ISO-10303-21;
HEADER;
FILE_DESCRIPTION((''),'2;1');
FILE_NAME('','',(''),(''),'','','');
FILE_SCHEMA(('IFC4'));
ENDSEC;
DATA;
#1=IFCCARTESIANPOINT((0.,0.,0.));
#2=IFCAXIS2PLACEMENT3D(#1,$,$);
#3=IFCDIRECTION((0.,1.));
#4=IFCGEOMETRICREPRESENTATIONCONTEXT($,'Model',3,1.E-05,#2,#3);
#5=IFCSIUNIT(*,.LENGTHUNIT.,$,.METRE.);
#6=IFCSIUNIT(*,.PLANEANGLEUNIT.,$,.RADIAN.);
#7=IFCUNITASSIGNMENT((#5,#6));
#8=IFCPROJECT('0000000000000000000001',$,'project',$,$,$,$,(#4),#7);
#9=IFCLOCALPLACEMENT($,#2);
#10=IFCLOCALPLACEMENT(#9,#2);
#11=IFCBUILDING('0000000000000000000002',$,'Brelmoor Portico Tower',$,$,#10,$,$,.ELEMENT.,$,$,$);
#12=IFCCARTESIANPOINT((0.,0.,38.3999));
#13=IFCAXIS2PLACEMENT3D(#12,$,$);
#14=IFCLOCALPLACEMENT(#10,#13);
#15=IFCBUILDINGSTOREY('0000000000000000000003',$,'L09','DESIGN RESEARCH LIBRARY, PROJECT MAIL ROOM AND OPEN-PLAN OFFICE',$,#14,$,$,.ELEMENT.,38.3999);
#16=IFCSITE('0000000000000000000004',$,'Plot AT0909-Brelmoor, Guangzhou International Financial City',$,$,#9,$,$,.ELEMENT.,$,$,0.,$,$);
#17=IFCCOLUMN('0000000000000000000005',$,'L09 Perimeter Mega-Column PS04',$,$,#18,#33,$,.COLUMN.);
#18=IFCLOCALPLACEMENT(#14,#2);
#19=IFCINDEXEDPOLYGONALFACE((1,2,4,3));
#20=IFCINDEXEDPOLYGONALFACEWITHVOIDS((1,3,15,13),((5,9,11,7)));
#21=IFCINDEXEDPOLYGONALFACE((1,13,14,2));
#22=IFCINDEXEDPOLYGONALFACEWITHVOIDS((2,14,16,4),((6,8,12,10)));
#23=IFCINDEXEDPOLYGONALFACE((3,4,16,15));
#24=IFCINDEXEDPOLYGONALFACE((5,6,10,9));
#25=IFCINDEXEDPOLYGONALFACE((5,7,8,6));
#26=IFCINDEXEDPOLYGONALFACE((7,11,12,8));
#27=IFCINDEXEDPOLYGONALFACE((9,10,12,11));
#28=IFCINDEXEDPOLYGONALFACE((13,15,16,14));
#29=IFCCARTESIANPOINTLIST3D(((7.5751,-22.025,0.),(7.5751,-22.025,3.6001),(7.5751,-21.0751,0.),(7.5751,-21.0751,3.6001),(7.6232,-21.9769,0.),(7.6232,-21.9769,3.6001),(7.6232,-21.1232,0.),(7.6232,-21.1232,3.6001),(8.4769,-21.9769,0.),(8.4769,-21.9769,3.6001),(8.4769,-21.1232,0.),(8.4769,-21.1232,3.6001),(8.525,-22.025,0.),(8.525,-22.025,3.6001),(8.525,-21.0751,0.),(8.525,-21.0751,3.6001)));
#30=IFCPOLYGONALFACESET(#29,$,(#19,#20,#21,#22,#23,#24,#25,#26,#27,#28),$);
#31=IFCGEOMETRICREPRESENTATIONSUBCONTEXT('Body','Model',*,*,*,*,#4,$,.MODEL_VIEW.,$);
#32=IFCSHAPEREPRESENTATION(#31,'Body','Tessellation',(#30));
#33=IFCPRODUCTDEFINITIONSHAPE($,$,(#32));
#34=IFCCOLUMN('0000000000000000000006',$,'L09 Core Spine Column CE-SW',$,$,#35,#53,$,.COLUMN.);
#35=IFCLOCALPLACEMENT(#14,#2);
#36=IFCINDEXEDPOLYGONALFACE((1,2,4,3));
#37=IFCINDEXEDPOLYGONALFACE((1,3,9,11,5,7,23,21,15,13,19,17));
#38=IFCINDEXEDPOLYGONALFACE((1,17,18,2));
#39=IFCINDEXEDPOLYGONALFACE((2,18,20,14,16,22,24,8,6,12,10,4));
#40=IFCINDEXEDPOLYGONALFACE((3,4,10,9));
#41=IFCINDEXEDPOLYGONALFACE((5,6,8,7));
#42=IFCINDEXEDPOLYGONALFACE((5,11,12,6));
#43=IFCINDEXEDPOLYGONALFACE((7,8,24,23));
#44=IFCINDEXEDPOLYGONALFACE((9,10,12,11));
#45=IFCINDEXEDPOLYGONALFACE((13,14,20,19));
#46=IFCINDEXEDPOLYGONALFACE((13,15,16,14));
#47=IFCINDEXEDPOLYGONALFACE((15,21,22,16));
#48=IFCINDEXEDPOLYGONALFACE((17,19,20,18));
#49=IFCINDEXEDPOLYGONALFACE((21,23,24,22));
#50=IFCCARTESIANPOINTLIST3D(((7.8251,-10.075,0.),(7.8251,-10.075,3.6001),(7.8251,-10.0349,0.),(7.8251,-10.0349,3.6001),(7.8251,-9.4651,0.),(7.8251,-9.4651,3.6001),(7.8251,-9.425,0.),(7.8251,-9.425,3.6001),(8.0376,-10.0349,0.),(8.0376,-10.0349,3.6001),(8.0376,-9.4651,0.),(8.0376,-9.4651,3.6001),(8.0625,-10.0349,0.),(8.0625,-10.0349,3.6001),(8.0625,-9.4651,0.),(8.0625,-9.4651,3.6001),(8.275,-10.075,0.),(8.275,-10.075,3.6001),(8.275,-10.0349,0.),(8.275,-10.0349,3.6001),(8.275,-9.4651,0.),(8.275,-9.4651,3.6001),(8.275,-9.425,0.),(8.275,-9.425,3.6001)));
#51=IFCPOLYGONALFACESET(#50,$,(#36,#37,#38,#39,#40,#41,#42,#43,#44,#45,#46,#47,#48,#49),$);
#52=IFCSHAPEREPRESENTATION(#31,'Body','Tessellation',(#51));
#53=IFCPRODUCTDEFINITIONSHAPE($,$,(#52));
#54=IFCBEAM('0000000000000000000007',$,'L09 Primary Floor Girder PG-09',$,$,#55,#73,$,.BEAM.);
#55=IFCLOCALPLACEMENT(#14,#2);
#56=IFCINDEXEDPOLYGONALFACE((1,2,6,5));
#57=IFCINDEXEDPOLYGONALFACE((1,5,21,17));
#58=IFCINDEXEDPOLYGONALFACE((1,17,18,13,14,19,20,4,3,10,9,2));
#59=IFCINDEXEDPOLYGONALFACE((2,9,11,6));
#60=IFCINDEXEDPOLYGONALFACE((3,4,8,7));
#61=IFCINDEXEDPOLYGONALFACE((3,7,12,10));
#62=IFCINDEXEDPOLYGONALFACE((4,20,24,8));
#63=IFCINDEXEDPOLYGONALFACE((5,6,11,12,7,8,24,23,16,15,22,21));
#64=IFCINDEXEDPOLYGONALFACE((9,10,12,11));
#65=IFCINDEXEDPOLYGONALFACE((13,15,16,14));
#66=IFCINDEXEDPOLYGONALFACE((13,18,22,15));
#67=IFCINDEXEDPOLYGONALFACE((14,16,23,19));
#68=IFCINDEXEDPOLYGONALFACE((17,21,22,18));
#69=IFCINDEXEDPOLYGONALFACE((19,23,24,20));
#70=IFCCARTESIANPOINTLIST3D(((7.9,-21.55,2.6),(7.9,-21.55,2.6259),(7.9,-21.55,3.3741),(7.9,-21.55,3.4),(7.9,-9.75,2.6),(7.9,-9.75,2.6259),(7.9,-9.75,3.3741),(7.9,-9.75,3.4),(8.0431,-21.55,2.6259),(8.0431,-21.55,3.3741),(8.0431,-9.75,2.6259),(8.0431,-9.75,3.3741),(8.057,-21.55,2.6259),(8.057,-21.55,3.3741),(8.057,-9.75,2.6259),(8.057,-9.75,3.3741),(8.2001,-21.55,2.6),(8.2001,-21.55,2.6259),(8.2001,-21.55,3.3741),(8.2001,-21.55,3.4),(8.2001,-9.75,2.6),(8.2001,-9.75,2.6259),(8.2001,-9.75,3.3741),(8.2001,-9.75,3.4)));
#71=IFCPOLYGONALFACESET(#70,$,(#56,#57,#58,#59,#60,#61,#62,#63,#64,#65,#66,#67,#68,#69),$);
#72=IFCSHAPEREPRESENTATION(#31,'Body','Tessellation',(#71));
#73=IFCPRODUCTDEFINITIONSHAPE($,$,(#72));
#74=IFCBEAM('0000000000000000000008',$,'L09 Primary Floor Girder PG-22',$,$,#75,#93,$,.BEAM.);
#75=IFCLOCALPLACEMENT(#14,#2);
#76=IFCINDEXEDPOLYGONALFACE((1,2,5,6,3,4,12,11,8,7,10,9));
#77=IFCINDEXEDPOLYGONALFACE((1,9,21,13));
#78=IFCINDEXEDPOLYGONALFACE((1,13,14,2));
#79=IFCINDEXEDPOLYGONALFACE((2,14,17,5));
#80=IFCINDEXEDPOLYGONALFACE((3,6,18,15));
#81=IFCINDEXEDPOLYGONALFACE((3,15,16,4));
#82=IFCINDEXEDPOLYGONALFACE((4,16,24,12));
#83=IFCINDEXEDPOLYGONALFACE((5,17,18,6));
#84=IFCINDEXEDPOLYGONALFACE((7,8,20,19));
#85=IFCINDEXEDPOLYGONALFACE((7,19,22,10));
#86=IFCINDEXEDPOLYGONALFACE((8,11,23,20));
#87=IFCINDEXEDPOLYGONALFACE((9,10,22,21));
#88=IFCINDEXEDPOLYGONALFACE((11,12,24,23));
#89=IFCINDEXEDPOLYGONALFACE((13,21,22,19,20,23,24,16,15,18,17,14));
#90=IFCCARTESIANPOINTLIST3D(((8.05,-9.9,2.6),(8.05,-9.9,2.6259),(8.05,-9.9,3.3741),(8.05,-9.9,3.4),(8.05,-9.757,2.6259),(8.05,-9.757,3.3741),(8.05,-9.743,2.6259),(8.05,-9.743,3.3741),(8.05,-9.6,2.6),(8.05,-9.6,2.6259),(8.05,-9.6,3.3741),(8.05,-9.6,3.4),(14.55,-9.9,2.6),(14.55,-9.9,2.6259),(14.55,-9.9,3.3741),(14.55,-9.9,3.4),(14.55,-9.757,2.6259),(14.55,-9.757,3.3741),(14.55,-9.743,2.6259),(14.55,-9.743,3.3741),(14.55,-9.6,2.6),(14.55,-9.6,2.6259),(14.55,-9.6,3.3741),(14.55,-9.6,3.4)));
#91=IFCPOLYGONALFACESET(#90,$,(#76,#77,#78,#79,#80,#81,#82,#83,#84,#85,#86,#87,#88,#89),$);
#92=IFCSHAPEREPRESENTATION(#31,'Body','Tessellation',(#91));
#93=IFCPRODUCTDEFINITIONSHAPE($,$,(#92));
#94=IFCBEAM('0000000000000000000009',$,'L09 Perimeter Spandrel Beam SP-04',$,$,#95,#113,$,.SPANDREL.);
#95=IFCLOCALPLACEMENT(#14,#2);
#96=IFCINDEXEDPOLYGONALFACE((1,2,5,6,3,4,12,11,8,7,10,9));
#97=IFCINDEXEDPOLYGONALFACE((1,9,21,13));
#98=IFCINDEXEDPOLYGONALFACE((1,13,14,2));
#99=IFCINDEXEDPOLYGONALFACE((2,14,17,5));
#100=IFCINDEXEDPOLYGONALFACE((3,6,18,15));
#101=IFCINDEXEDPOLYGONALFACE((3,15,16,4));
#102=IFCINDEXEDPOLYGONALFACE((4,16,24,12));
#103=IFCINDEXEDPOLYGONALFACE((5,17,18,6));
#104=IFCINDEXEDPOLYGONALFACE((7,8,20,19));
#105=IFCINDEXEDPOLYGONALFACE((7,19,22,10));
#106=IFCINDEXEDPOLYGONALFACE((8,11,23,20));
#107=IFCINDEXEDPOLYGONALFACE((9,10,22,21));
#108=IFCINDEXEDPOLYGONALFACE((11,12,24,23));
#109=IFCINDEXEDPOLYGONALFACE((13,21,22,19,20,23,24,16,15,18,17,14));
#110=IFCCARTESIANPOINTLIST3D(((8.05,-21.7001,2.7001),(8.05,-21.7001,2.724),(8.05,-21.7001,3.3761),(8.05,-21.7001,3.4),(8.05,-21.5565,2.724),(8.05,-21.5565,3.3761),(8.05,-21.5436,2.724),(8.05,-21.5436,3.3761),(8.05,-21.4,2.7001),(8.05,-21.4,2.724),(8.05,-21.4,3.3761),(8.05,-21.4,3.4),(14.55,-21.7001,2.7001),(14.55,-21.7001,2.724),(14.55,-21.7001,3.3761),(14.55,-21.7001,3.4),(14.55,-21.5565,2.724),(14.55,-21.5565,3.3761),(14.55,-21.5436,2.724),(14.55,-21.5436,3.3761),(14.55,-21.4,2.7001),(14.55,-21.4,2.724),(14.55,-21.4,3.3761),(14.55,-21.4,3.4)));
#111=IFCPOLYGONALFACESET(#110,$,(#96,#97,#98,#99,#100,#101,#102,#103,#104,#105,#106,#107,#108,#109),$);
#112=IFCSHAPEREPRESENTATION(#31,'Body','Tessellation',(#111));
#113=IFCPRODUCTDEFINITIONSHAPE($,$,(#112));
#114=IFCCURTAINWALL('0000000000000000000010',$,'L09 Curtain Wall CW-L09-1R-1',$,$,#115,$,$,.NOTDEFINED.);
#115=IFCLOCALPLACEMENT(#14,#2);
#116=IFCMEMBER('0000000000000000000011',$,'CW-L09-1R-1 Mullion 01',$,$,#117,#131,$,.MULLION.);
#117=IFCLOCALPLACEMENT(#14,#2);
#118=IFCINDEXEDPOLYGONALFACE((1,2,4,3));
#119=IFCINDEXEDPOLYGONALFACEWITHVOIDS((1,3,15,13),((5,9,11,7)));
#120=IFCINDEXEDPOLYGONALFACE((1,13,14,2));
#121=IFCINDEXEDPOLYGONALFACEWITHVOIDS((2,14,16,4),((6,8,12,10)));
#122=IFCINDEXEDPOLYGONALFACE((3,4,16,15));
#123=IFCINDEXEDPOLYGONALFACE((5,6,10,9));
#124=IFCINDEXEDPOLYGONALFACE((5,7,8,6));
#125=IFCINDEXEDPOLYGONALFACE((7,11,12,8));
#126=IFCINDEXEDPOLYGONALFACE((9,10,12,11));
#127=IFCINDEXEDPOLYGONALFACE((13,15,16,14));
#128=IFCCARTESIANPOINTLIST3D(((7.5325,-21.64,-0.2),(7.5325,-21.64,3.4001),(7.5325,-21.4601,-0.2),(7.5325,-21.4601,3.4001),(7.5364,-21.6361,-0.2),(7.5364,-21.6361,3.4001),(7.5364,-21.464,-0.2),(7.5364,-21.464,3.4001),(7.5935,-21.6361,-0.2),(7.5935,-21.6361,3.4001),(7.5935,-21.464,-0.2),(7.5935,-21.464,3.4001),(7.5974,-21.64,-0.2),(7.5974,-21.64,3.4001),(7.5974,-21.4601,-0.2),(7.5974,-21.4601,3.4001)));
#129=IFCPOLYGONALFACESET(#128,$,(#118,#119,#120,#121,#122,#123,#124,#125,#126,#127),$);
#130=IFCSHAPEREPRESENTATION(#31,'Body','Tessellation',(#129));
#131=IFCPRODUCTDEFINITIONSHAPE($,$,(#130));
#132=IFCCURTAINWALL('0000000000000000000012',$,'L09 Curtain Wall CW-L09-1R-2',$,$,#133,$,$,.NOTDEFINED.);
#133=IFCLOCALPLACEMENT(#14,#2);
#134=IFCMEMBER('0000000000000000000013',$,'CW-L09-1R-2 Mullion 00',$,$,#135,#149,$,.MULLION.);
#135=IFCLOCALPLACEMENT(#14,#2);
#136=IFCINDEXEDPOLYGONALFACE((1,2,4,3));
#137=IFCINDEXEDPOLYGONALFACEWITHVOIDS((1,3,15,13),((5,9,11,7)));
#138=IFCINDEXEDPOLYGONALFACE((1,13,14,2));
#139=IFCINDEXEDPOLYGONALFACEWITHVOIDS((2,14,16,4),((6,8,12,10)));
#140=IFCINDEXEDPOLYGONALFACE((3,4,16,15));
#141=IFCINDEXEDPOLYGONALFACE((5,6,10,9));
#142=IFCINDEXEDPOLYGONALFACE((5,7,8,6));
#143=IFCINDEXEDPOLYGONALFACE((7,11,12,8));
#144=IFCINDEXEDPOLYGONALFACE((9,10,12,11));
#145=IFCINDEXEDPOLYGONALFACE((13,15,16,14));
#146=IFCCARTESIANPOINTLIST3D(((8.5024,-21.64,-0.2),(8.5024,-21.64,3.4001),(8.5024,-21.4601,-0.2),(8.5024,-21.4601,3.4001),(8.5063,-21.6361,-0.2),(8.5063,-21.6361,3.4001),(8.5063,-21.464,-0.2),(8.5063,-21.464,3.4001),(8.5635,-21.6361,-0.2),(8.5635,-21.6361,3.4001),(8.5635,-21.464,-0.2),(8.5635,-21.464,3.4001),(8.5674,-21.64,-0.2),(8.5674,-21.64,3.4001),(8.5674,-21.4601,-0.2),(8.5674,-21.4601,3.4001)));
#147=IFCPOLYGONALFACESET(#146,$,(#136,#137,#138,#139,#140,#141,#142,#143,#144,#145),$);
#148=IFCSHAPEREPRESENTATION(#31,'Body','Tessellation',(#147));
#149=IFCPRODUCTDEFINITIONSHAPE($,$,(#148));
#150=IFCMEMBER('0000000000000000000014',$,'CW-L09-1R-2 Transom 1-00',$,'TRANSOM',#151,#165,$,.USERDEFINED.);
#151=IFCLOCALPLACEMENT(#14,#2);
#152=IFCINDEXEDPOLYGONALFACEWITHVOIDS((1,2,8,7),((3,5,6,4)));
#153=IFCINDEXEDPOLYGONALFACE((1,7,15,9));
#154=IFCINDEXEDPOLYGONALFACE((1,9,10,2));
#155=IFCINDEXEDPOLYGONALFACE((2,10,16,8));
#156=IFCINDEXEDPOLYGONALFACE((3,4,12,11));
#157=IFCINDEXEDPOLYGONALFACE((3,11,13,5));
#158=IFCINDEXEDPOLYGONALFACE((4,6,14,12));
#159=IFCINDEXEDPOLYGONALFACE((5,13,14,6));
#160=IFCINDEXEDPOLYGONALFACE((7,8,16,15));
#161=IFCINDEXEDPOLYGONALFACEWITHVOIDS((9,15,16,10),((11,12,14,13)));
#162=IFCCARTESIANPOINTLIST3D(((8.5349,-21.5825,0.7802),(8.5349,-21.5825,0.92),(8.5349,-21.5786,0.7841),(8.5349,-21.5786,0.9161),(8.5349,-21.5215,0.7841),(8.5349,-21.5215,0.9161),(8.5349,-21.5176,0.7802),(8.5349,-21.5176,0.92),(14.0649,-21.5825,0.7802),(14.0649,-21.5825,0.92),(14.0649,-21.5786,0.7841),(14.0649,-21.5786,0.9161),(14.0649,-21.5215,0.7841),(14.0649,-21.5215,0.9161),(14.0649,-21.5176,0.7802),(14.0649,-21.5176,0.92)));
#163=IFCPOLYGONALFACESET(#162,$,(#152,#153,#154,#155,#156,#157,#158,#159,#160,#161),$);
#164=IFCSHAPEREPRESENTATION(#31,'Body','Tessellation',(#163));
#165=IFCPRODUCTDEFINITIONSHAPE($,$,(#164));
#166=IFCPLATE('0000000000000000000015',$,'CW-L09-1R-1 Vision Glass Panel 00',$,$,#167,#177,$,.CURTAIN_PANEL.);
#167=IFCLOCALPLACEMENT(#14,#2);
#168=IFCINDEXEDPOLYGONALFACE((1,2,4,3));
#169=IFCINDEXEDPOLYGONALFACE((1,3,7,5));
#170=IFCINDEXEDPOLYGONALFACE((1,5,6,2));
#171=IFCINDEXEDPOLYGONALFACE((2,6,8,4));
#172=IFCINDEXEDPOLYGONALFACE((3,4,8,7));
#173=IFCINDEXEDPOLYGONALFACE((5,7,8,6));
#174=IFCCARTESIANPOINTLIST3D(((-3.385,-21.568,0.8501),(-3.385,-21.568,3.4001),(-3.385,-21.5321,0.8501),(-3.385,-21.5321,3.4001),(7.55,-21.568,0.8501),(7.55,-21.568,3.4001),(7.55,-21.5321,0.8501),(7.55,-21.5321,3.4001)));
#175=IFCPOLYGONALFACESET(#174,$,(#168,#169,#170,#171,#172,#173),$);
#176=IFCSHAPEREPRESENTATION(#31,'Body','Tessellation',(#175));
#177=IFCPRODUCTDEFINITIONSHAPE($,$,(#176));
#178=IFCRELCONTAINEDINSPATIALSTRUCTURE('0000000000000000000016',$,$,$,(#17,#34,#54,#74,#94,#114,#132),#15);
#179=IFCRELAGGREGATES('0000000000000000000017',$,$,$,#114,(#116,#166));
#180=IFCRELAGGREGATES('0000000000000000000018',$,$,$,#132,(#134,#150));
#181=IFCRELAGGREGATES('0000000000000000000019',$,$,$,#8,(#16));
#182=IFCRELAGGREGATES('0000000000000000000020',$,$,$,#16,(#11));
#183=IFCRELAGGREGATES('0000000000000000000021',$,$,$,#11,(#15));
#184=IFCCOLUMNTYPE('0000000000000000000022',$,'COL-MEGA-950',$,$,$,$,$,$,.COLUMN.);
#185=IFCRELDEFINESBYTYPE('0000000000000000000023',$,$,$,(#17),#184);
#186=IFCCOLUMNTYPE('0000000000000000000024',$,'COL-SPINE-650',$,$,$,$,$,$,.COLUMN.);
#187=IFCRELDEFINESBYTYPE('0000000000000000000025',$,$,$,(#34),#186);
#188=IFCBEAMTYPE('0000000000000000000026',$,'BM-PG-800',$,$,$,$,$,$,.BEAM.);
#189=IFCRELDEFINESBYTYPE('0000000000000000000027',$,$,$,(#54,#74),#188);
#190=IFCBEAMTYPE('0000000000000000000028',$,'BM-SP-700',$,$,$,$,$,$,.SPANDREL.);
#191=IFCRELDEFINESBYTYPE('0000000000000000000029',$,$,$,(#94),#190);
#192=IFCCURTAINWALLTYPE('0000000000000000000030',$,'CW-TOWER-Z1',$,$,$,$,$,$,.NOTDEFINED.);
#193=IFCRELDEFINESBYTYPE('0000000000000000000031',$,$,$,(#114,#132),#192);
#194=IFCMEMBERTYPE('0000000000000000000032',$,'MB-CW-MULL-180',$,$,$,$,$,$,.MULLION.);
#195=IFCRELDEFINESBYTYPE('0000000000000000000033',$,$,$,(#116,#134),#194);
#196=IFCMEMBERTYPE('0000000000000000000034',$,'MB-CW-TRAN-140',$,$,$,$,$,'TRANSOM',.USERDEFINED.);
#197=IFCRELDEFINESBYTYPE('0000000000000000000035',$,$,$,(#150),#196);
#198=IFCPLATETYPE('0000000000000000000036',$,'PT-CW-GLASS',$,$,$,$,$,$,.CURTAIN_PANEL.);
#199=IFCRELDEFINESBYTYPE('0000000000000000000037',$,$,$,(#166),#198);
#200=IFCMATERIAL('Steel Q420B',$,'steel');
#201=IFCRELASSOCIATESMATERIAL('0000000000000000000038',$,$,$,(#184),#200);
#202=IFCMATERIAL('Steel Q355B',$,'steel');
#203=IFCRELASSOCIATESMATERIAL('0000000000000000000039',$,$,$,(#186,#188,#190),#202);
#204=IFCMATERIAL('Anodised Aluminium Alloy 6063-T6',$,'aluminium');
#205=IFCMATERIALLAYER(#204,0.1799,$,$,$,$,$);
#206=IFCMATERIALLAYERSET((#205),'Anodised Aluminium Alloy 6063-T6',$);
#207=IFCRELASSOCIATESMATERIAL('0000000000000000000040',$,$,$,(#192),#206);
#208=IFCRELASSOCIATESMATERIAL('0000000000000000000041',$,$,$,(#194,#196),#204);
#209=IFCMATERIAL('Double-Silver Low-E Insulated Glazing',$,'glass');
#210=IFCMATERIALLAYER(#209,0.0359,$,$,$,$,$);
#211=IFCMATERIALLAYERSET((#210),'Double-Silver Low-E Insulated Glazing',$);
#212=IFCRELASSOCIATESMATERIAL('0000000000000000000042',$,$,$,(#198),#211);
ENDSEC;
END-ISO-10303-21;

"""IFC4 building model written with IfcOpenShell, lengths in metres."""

from ifc_helpers import new_model, si_unit, direction, frame, origin, origin_2d, place, context, subcontext, project, spatial, rectangle, hollow_rectangle, i_section, extrude, material, layer, layer_set, material_profile, profile_set, type_object, element, aggregate, save


model = new_model("IFC4")

# Units and contexts
model_context = context("Model", 3, precision=1e-05, world=origin(), true_north=direction((0.0, 1.0)))
body_context = subcontext(model_context, "Body", "Model", "MODEL_VIEW")
ifc_project = project(units=[si_unit("LENGTHUNIT", "METRE"), si_unit("PLANEANGLEUNIT", "RADIAN")], contexts=[model_context])

# Site, building, storey
site_placement = place(None, origin())
site = spatial("IfcSite", under=ifc_project, at=site_placement, Name="Plot AT0909-Brelmoor, Guangzhou International Financial City", CompositionType="ELEMENT", RefElevation=0.0)
building_placement = place(site_placement, origin())
building = spatial("IfcBuilding", under=site, at=building_placement, Name="Brelmoor Portico Tower", CompositionType="ELEMENT")
storey_placement = place(building_placement, frame((0.0, 0.0, 38.3999)))
storey = spatial("IfcBuildingStorey", under=building, at=storey_placement, Name="L09", Description="DESIGN RESEARCH LIBRARY, PROJECT MAIL ROOM AND OPEN-PLAN OFFICE", CompositionType="ELEMENT", Elevation=38.3999)

# Columns
ifc_material_1 = material(Name="Steel Q420B", Category="steel")
ifc_material_profile_1 = material_profile(ifc_material_1, hollow_rectangle(XDim=0.95, YDim=0.95, WallThickness=0.0481, at=origin_2d()), Name="BOX 950x950x48")
ifc_profile_set_1 = profile_set([ifc_material_profile_1], Name="Steel Q420B")
column_type_1 = type_object("IfcColumnType", Name="COL-MEGA-950", PredefinedType="COLUMN", material=ifc_profile_set_1)
column_1_placement = place(storey_placement, frame((8.05, -21.55, 0.0), z_axis=(0.0, 0.0, 1.0), x_axis=(1.0, 0.0, 0.0)))
element("IfcColumn", 1, at=column_1_placement, inside=storey, type_object=column_type_1, Name="L09 Perimeter Mega-Column PS04", PredefinedType="COLUMN", context=body_context, shape_type="SweptSolid", body=[
    extrude(hollow_rectangle(XDim=0.95, YDim=0.95, WallThickness=0.0481, at=origin_2d()), origin(), (0.0, 0.0, 1.0), 3.6001),
])
ifc_material_2 = material(Name="Steel Q355B", Category="steel")
ifc_material_profile_2 = material_profile(ifc_material_2, i_section(OverallWidth=0.45, OverallDepth=0.6499, WebThickness=0.0249, FlangeThickness=0.04, at=origin_2d()), Name="HW 650x450x25x40")
ifc_profile_set_2 = profile_set([ifc_material_profile_2], Name="Steel Q355B")
column_type_2 = type_object("IfcColumnType", Name="COL-SPINE-650", PredefinedType="COLUMN", material=ifc_profile_set_2)
column_2_placement = place(storey_placement, frame((8.05, -9.75, 0.0), z_axis=(0.0, 0.0, 1.0), x_axis=(1.0, 0.0, 0.0)))
element("IfcColumn", 2, at=column_2_placement, inside=storey, type_object=column_type_2, Name="L09 Core Spine Column CE-SW", PredefinedType="COLUMN", context=body_context, shape_type="SweptSolid", body=[
    extrude(i_section(OverallWidth=0.45, OverallDepth=0.6499, WebThickness=0.0249, FlangeThickness=0.04, at=origin_2d()), origin(), (0.0, 0.0, 1.0), 3.6001),
])

# Beams
ifc_material_profile_3 = material_profile(ifc_material_2, i_section(OverallWidth=0.3, OverallDepth=0.8, WebThickness=0.0139, FlangeThickness=0.0259, at=origin_2d()), Name="HN 800x300x14x26")
ifc_profile_set_3 = profile_set([ifc_material_profile_3], Name="Steel Q355B")
beam_type_1 = type_object("IfcBeamType", Name="BM-PG-800", PredefinedType="BEAM", material=ifc_profile_set_3)
beam_1_placement = place(storey_placement, frame((8.05, -21.55, 3.0), z_axis=(0.0, 1.0, 0.0), x_axis=(-1.0, 0.0, 0.0)))
element("IfcBeam", 3, at=beam_1_placement, inside=storey, type_object=beam_type_1, Name="L09 Primary Floor Girder PG-09", PredefinedType="BEAM", context=body_context, shape_type="SweptSolid", body=[
    extrude(i_section(OverallWidth=0.3, OverallDepth=0.8, WebThickness=0.0139, FlangeThickness=0.0259, at=origin_2d()), origin(), (0.0, 0.0, 1.0), 11.8),
])
beam_2_placement = place(storey_placement, frame((8.05, -9.75, 3.0), z_axis=(1.0, 0.0, 0.0), x_axis=(0.0, 1.0, 0.0)))
element("IfcBeam", 4, at=beam_2_placement, inside=storey, type_object=beam_type_1, Name="L09 Primary Floor Girder PG-22", PredefinedType="BEAM", context=body_context, shape_type="SweptSolid", body=[
    extrude(i_section(OverallWidth=0.3, OverallDepth=0.8, WebThickness=0.0139, FlangeThickness=0.0259, at=origin_2d()), origin(), (0.0, 0.0, 1.0), 6.5),
])
ifc_material_profile_4 = material_profile(ifc_material_2, i_section(OverallWidth=0.3, OverallDepth=0.7, WebThickness=0.0129, FlangeThickness=0.0239, at=origin_2d()), Name="HN 700x300x13x24")
ifc_profile_set_4 = profile_set([ifc_material_profile_4], Name="Steel Q355B")
beam_type_2 = type_object("IfcBeamType", Name="BM-SP-700", PredefinedType="SPANDREL", material=ifc_profile_set_4)
beam_3_placement = place(storey_placement, frame((8.05, -21.55, 3.05), z_axis=(1.0, 0.0, 0.0), x_axis=(0.0, 1.0, 0.0)))
element("IfcBeam", 5, at=beam_3_placement, inside=storey, type_object=beam_type_2, Name="L09 Perimeter Spandrel Beam SP-04", PredefinedType="SPANDREL", context=body_context, shape_type="SweptSolid", body=[
    extrude(i_section(OverallWidth=0.3, OverallDepth=0.7, WebThickness=0.0129, FlangeThickness=0.0239, at=origin_2d()), origin(), (0.0, 0.0, 1.0), 6.5),
])

# Curtain wall, member
ifc_material_3 = material(Name="Anodised Aluminium Alloy 6063-T6", Category="aluminium")
ifc_layer_1 = layer(ifc_material_3, 0.1799)
ifc_layer_set_1 = layer_set([ifc_layer_1], Name="Anodised Aluminium Alloy 6063-T6")
curtain_wall_type = type_object("IfcCurtainWallType", Name="CW-TOWER-Z1", PredefinedType="NOTDEFINED", material=ifc_layer_set_1)
curtain_wall_1_placement = place(storey_placement, origin())
curtain_wall_1 = element("IfcCurtainWall", 6, at=curtain_wall_1_placement, inside=storey, type_object=curtain_wall_type, Name="L09 Curtain Wall CW-L09-1R-1", PredefinedType="NOTDEFINED")
ifc_material_profile_5 = material_profile(ifc_material_3, hollow_rectangle(XDim=0.0649, YDim=0.1799, WallThickness=0.0039, at=origin_2d()), Name="ALU MULLION 65x180")
ifc_profile_set_5 = profile_set([ifc_material_profile_5], Name="Anodised Aluminium Alloy 6063-T6")
member_type_1 = type_object("IfcMemberType", Name="MB-CW-MULL-180", PredefinedType="MULLION", material=ifc_profile_set_5)
member_1_placement = place(storey_placement, frame((7.5649, -21.55, -0.2), z_axis=(0.0, 0.0, 1.0), x_axis=(1.0, 0.0, 0.0)))
member_1 = element("IfcMember", 7, at=member_1_placement, type_object=member_type_1, Name="CW-L09-1R-1 Mullion 01", PredefinedType="MULLION", context=body_context, shape_type="SweptSolid", body=[
    extrude(hollow_rectangle(XDim=0.0649, YDim=0.1799, WallThickness=0.0039, at=origin_2d()), origin(), (0.0, 0.0, 1.0), 3.6001),
])

# Curtain wall, members
curtain_wall_2_placement = place(storey_placement, origin())
curtain_wall_2 = element("IfcCurtainWall", 8, at=curtain_wall_2_placement, inside=storey, type_object=curtain_wall_type, Name="L09 Curtain Wall CW-L09-1R-2", PredefinedType="NOTDEFINED")
member_2_placement = place(storey_placement, frame((8.5349, -21.55, -0.2), z_axis=(0.0, 0.0, 1.0), x_axis=(1.0, 0.0, 0.0)))
member_2 = element("IfcMember", 9, at=member_2_placement, type_object=member_type_1, Name="CW-L09-1R-2 Mullion 00", PredefinedType="MULLION", context=body_context, shape_type="SweptSolid", body=[
    extrude(hollow_rectangle(XDim=0.0649, YDim=0.1799, WallThickness=0.0039, at=origin_2d()), origin(), (0.0, 0.0, 1.0), 3.6001),
])
ifc_material_profile_6 = material_profile(ifc_material_3, hollow_rectangle(XDim=0.0649, YDim=0.1399, WallThickness=0.0039, at=origin_2d()), Name="ALU TRANSOM 65x140")
ifc_profile_set_6 = profile_set([ifc_material_profile_6], Name="Anodised Aluminium Alloy 6063-T6")
member_type_2 = type_object("IfcMemberType", Name="MB-CW-TRAN-140", ElementType="TRANSOM", PredefinedType="USERDEFINED", material=ifc_profile_set_6)
member_3_placement = place(storey_placement, frame((8.5349, -21.55, 0.8501), z_axis=(1.0, 0.0, 0.0), x_axis=(0.0, 1.0, 0.0)))
member_3 = element("IfcMember", 10, at=member_3_placement, type_object=member_type_2, Name="CW-L09-1R-2 Transom 1-00", ObjectType="TRANSOM", PredefinedType="USERDEFINED", context=body_context, shape_type="SweptSolid", body=[
    extrude(hollow_rectangle(XDim=0.0649, YDim=0.1399, WallThickness=0.0039, at=origin_2d()), origin(), (0.0, 0.0, 1.0), 5.53),
])

# Plate
ifc_material_4 = material(Name="Double-Silver Low-E Insulated Glazing", Category="glass")
ifc_layer_2 = layer(ifc_material_4, 0.0359)
ifc_layer_set_2 = layer_set([ifc_layer_2], Name="Double-Silver Low-E Insulated Glazing")
plate_type_1 = type_object("IfcPlateType", Name="PT-CW-GLASS", PredefinedType="CURTAIN_PANEL", material=ifc_layer_set_2)
plate_1_placement = place(storey_placement, frame((2.0825, -21.55, 0.8501), z_axis=(0.0, 0.0, 1.0), x_axis=(1.0, 0.0, 0.0)))
plate_1 = element("IfcPlate", 11, at=plate_1_placement, type_object=plate_type_1, Name="CW-L09-1R-1 Vision Glass Panel 00", PredefinedType="CURTAIN_PANEL", context=body_context, shape_type="SweptSolid", body=[
    extrude(rectangle(XDim=10.9351, YDim=0.0359, at=origin_2d()), origin(), (0.0, 0.0, 1.0), 2.55),
])
aggregate(curtain_wall_1, [member_1, plate_1])
aggregate(curtain_wall_2, [member_2, member_3])

save(model, "model.ifc")
